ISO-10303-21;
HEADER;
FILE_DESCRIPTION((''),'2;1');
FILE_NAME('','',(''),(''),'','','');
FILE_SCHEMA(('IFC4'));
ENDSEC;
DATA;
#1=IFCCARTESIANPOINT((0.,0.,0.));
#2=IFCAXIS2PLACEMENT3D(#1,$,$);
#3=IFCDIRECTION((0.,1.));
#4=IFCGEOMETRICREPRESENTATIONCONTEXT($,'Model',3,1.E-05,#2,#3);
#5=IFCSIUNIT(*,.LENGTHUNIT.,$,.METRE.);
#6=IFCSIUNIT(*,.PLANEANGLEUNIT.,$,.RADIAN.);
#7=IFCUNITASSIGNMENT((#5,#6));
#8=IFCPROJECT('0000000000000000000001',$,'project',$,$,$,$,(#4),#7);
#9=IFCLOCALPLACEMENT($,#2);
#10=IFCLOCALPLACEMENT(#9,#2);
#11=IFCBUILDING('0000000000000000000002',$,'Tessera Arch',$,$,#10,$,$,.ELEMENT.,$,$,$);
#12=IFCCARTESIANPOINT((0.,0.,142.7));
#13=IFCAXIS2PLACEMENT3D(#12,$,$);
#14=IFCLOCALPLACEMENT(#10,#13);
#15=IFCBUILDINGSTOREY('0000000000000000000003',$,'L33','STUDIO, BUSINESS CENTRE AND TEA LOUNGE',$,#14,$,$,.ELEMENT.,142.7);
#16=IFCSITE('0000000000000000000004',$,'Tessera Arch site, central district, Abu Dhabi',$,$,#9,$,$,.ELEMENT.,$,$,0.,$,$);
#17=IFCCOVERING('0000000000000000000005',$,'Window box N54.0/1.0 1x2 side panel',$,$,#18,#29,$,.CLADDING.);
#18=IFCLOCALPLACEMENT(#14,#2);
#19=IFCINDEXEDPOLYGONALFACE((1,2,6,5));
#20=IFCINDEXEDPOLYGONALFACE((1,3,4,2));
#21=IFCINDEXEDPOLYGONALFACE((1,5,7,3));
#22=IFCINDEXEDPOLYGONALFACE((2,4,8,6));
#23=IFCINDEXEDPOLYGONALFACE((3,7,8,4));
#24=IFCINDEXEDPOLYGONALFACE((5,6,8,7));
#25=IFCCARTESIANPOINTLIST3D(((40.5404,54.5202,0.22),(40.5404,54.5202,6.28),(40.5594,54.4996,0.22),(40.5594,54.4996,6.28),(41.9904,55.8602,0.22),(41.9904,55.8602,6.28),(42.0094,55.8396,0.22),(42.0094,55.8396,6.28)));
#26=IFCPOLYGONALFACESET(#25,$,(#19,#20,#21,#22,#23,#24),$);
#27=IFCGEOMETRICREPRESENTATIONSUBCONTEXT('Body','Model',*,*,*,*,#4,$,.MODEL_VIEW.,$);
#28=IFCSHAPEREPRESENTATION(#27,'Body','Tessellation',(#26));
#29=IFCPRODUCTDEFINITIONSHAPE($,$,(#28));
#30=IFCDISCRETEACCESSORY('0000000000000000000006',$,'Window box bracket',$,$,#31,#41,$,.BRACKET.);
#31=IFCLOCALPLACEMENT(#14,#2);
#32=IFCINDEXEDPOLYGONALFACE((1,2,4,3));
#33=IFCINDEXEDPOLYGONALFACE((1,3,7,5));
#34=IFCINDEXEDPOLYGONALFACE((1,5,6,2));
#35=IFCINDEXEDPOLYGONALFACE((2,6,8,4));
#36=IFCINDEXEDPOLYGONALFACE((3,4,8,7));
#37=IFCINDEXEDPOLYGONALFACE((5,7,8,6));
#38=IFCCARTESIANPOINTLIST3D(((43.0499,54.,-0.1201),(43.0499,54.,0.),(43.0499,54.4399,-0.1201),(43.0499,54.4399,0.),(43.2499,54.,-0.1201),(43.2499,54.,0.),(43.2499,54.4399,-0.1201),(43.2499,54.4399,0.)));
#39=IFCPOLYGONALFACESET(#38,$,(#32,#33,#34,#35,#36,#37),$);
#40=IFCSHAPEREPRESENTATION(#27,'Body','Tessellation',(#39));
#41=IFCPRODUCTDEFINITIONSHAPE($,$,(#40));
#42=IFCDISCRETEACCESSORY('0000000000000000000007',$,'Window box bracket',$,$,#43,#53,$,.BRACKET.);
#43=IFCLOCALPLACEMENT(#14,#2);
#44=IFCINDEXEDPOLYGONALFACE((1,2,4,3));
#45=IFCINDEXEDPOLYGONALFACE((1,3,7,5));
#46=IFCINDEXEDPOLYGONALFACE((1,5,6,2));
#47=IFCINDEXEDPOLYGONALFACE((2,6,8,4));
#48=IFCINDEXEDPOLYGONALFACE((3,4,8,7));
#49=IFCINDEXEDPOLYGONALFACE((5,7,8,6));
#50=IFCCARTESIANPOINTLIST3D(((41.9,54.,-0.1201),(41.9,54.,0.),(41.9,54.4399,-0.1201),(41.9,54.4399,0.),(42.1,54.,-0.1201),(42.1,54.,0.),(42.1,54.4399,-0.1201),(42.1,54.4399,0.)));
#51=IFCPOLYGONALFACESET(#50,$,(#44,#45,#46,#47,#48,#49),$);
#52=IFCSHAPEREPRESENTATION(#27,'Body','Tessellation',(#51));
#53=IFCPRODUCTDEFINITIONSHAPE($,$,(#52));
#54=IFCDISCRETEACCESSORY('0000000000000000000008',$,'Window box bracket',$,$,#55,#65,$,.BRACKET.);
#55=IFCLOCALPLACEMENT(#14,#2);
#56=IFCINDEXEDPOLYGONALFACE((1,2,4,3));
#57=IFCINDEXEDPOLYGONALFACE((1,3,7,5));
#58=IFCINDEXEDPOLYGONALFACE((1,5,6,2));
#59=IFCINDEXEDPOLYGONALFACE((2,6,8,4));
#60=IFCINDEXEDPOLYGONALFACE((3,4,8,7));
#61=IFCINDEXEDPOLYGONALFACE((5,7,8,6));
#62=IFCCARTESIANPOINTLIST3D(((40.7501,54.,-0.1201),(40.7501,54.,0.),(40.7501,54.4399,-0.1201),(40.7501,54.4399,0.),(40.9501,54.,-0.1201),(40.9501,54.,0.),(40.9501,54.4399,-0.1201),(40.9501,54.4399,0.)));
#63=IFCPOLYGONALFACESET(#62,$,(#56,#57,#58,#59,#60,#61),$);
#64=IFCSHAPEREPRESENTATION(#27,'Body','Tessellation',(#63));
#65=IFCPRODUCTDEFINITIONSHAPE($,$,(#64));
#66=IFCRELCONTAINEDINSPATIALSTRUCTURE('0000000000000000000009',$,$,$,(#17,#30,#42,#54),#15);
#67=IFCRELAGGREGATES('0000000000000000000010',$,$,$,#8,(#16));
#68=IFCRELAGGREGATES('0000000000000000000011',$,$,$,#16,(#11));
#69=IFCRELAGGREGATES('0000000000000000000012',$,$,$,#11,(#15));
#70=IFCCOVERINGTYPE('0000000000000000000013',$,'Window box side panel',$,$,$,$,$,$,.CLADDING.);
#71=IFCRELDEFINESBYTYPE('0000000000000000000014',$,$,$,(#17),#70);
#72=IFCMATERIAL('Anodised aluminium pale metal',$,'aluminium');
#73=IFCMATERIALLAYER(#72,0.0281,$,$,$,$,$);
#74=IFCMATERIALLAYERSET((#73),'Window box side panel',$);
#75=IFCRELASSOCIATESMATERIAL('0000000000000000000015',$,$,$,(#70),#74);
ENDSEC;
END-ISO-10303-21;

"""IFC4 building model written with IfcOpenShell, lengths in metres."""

from ifc_helpers import new_model, si_unit, direction, frame, origin, origin_2d, place, context, subcontext, project, spatial, rectangle, extrude, material, layer, layer_set, type_object, element, save


model = new_model("IFC4")

# Units and contexts
model_context = context("Model", 3, precision=1e-05, world=origin(), true_north=direction((0.0, 1.0)))
body_context = subcontext(model_context, "Body", "Model", "MODEL_VIEW")
ifc_project = project(units=[si_unit("LENGTHUNIT", "METRE"), si_unit("PLANEANGLEUNIT", "RADIAN")], contexts=[model_context])

# Site, building, storey
site_placement = place(None, origin())
site = spatial("IfcSite", under=ifc_project, at=site_placement, Name="Tessera Arch site, central district, Abu Dhabi", CompositionType="ELEMENT", RefElevation=0.0)
building_placement = place(site_placement, origin())
building = spatial("IfcBuilding", under=site, at=building_placement, Name="Tessera Arch", CompositionType="ELEMENT")
storey_placement = place(building_placement, frame((0.0, 0.0, 142.7)))
storey = spatial("IfcBuildingStorey", under=building, at=storey_placement, Name="L33", Description="STUDIO, BUSINESS CENTRE AND TEA LOUNGE", CompositionType="ELEMENT", Elevation=142.7)

# Covering
ifc_material_1 = material(Name="Anodised aluminium pale metal", Category="aluminium")
ifc_layer_1 = layer(ifc_material_1, 0.0281)
ifc_layer_set_1 = layer_set([ifc_layer_1], Name="Window box side panel")
covering_type = type_object("IfcCoveringType", Name="Window box side panel", PredefinedType="CLADDING", material=ifc_layer_set_1)
covering_placement = place(storey_placement, frame((41.2749, 55.1799, 0.22), z_axis=(0.0, 0.0, 1.0), x_axis=(0.734415, 0.678701, 0.0)))
element("IfcCovering", 1, at=covering_placement, inside=storey, type_object=covering_type, Name="Window box N54.0/1.0 1x2 side panel", PredefinedType="CLADDING", context=body_context, shape_type="SweptSolid", body=[
    extrude(rectangle(XDim=1.9744, YDim=0.0281, at=origin_2d()), origin(), (0.0, 0.0, 1.0), 6.0601),
])

# Discrete accessories
for number, where, z_axis, x_axis, name in (
    (2, (43.1499, 54.22, -0.1201), (0.0, 0.0, 1.0), (0.0, 1.0, 0.0), "Window box bracket"),
    (3, (42.0, 54.22, -0.1201), (0.0, 0.0, 1.0), (0.0, 1.0, 0.0), "Window box bracket"),
    (4, (40.8501, 54.22, -0.1201), (0.0, 0.0, 1.0), (0.0, 1.0, 0.0), "Window box bracket"),
):
    element("IfcDiscreteAccessory", number, at=place(storey_placement, frame(where, z_axis=z_axis, x_axis=x_axis)), inside=storey, Name=name, PredefinedType="BRACKET", context=body_context, shape_type="SweptSolid", body=[
        extrude(rectangle(XDim=0.4399, YDim=0.2, at=origin_2d()), origin(), (0.0, 0.0, 1.0), 0.1201),
    ])

save(model, "model.ifc")
